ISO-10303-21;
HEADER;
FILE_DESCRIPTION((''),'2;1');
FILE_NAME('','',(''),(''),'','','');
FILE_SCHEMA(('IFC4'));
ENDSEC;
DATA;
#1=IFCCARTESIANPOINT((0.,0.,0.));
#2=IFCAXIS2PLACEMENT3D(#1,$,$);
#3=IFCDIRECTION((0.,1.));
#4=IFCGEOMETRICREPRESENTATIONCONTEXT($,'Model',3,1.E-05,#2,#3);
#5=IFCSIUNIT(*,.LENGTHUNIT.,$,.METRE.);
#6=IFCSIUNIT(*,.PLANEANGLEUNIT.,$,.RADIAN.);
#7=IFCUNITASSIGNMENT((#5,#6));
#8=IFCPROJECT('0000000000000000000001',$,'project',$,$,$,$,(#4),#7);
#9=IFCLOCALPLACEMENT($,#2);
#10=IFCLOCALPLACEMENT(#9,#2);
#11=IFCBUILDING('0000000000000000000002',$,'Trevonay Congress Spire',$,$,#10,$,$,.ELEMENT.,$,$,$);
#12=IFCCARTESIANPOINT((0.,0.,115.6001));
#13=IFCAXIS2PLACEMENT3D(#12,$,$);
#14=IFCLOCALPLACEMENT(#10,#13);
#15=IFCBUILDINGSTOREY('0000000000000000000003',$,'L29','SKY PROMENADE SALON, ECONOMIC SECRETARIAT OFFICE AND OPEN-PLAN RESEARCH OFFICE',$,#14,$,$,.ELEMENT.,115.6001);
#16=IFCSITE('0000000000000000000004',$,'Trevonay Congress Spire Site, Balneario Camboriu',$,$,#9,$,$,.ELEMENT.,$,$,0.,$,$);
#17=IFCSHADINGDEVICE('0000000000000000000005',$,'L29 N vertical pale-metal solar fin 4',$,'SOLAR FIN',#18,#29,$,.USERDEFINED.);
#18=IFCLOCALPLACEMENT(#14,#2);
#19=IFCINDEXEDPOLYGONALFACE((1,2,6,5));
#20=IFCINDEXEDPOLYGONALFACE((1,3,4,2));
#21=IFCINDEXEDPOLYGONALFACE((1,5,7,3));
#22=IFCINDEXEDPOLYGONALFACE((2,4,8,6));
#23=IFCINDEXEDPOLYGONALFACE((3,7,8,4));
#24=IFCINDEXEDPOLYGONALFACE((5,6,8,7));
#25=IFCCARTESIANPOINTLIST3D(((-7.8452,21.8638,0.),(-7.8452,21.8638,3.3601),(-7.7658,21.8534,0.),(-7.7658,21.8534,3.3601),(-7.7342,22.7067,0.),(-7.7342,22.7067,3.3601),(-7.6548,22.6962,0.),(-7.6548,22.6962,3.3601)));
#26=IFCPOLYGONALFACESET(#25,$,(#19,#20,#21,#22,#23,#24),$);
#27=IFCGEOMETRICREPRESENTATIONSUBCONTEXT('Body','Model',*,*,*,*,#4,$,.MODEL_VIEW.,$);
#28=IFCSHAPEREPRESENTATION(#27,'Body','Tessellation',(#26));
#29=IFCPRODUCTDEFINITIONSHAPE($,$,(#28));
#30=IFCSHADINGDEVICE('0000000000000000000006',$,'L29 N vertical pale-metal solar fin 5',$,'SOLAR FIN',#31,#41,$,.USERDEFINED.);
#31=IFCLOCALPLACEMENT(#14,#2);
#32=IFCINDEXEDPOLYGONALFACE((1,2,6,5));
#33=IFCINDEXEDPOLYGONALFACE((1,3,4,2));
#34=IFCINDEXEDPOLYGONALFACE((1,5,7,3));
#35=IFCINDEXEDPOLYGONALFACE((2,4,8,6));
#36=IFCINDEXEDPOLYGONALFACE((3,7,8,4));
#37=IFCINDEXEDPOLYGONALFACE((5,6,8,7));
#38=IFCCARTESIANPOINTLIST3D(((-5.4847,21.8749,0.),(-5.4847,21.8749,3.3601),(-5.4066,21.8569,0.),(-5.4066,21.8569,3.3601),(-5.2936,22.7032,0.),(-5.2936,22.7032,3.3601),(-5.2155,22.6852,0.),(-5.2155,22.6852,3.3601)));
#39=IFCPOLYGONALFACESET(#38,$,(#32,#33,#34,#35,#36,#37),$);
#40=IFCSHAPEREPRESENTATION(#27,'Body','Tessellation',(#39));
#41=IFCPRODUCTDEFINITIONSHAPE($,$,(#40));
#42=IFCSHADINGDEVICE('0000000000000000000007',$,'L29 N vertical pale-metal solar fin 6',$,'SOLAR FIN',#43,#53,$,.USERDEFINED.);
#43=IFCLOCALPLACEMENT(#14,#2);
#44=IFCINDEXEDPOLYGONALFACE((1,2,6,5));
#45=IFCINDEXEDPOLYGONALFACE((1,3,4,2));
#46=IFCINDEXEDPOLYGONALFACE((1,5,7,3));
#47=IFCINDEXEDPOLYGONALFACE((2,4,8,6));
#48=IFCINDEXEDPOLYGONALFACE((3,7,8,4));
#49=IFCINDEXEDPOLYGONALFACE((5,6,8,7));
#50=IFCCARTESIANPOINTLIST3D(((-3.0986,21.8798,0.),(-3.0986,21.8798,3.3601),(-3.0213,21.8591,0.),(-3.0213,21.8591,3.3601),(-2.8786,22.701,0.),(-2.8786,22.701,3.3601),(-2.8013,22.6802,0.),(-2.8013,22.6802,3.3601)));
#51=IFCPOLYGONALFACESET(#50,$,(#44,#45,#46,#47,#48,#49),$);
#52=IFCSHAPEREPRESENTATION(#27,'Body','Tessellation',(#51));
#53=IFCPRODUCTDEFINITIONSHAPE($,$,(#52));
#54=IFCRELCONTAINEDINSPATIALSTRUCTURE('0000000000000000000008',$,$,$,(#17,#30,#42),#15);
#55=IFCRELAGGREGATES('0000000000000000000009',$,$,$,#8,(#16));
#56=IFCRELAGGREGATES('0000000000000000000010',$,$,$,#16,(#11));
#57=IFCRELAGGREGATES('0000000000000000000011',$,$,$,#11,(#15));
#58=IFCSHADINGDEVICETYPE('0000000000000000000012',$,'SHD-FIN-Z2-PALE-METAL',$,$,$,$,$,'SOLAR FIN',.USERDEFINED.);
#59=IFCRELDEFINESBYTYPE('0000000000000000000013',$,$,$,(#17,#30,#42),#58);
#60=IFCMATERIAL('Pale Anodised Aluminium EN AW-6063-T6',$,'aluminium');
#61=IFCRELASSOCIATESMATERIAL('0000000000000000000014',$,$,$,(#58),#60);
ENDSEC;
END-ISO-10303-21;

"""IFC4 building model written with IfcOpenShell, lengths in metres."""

from ifc_helpers import new_model, si_unit, direction, frame, origin, origin_2d, place, context, subcontext, project, spatial, rectangle, extrude, material, type_object, element, save


model = new_model("IFC4")

# Units and contexts
model_context = context("Model", 3, precision=1e-05, world=origin(), true_north=direction((0.0, 1.0)))
body_context = subcontext(model_context, "Body", "Model", "MODEL_VIEW")
ifc_project = project(units=[si_unit("LENGTHUNIT", "METRE"), si_unit("PLANEANGLEUNIT", "RADIAN")], contexts=[model_context])

# Site, building, storey
site_placement = place(None, origin())
site = spatial("IfcSite", under=ifc_project, at=site_placement, Name="Trevonay Congress Spire Site, Balneario Camboriu", CompositionType="ELEMENT", RefElevation=0.0)
building_placement = place(site_placement, origin())
building = spatial("IfcBuilding", under=site, at=building_placement, Name="Trevonay Congress Spire", CompositionType="ELEMENT")
storey_placement = place(building_placement, frame((0.0, 0.0, 115.6001)))
storey = spatial("IfcBuildingStorey", under=building, at=storey_placement, Name="L29", Description="SKY PROMENADE SALON, ECONOMIC SECRETARIAT OFFICE AND OPEN-PLAN RESEARCH OFFICE", CompositionType="ELEMENT", Elevation=115.6001)

# Shared definitions
ifc_material_1 = material(Name="Pale Anodised Aluminium EN AW-6063-T6", Category="aluminium")

# Shading devices
shading_device_type = type_object("IfcShadingDeviceType", Name="SHD-FIN-Z2-PALE-METAL", ElementType="SOLAR FIN", PredefinedType="USERDEFINED", material=ifc_material_1)
for number, where, z_axis, x_axis, name in (
    (1, (-7.75, 22.28, 0.0), (0.0, 0.0, 1.0), (0.991445, -0.130526, 0.0), "L29 N vertical pale-metal solar fin 4"),
    (2, (-5.3501, 22.28, 0.0), (0.0, 0.0, 1.0), (0.974409, -0.224781, 0.0), "L29 N vertical pale-metal solar fin 5"),
    (3, (-2.95, 22.28, 0.0), (0.0, 0.0, 1.0), (0.965926, -0.258819, 0.0), "L29 N vertical pale-metal solar fin 6"),
):
    element("IfcShadingDevice", number, at=place(storey_placement, frame(where, z_axis=z_axis, x_axis=x_axis)), inside=storey, type_object=shading_device_type, Name=name, ObjectType="SOLAR FIN", PredefinedType="USERDEFINED", context=body_context, shape_type="SweptSolid", body=[
        extrude(rectangle(XDim=0.0801, YDim=0.8501, at=origin_2d()), origin(), (0.0, 0.0, 1.0), 3.3601),
    ])

save(model, "model.ifc")
